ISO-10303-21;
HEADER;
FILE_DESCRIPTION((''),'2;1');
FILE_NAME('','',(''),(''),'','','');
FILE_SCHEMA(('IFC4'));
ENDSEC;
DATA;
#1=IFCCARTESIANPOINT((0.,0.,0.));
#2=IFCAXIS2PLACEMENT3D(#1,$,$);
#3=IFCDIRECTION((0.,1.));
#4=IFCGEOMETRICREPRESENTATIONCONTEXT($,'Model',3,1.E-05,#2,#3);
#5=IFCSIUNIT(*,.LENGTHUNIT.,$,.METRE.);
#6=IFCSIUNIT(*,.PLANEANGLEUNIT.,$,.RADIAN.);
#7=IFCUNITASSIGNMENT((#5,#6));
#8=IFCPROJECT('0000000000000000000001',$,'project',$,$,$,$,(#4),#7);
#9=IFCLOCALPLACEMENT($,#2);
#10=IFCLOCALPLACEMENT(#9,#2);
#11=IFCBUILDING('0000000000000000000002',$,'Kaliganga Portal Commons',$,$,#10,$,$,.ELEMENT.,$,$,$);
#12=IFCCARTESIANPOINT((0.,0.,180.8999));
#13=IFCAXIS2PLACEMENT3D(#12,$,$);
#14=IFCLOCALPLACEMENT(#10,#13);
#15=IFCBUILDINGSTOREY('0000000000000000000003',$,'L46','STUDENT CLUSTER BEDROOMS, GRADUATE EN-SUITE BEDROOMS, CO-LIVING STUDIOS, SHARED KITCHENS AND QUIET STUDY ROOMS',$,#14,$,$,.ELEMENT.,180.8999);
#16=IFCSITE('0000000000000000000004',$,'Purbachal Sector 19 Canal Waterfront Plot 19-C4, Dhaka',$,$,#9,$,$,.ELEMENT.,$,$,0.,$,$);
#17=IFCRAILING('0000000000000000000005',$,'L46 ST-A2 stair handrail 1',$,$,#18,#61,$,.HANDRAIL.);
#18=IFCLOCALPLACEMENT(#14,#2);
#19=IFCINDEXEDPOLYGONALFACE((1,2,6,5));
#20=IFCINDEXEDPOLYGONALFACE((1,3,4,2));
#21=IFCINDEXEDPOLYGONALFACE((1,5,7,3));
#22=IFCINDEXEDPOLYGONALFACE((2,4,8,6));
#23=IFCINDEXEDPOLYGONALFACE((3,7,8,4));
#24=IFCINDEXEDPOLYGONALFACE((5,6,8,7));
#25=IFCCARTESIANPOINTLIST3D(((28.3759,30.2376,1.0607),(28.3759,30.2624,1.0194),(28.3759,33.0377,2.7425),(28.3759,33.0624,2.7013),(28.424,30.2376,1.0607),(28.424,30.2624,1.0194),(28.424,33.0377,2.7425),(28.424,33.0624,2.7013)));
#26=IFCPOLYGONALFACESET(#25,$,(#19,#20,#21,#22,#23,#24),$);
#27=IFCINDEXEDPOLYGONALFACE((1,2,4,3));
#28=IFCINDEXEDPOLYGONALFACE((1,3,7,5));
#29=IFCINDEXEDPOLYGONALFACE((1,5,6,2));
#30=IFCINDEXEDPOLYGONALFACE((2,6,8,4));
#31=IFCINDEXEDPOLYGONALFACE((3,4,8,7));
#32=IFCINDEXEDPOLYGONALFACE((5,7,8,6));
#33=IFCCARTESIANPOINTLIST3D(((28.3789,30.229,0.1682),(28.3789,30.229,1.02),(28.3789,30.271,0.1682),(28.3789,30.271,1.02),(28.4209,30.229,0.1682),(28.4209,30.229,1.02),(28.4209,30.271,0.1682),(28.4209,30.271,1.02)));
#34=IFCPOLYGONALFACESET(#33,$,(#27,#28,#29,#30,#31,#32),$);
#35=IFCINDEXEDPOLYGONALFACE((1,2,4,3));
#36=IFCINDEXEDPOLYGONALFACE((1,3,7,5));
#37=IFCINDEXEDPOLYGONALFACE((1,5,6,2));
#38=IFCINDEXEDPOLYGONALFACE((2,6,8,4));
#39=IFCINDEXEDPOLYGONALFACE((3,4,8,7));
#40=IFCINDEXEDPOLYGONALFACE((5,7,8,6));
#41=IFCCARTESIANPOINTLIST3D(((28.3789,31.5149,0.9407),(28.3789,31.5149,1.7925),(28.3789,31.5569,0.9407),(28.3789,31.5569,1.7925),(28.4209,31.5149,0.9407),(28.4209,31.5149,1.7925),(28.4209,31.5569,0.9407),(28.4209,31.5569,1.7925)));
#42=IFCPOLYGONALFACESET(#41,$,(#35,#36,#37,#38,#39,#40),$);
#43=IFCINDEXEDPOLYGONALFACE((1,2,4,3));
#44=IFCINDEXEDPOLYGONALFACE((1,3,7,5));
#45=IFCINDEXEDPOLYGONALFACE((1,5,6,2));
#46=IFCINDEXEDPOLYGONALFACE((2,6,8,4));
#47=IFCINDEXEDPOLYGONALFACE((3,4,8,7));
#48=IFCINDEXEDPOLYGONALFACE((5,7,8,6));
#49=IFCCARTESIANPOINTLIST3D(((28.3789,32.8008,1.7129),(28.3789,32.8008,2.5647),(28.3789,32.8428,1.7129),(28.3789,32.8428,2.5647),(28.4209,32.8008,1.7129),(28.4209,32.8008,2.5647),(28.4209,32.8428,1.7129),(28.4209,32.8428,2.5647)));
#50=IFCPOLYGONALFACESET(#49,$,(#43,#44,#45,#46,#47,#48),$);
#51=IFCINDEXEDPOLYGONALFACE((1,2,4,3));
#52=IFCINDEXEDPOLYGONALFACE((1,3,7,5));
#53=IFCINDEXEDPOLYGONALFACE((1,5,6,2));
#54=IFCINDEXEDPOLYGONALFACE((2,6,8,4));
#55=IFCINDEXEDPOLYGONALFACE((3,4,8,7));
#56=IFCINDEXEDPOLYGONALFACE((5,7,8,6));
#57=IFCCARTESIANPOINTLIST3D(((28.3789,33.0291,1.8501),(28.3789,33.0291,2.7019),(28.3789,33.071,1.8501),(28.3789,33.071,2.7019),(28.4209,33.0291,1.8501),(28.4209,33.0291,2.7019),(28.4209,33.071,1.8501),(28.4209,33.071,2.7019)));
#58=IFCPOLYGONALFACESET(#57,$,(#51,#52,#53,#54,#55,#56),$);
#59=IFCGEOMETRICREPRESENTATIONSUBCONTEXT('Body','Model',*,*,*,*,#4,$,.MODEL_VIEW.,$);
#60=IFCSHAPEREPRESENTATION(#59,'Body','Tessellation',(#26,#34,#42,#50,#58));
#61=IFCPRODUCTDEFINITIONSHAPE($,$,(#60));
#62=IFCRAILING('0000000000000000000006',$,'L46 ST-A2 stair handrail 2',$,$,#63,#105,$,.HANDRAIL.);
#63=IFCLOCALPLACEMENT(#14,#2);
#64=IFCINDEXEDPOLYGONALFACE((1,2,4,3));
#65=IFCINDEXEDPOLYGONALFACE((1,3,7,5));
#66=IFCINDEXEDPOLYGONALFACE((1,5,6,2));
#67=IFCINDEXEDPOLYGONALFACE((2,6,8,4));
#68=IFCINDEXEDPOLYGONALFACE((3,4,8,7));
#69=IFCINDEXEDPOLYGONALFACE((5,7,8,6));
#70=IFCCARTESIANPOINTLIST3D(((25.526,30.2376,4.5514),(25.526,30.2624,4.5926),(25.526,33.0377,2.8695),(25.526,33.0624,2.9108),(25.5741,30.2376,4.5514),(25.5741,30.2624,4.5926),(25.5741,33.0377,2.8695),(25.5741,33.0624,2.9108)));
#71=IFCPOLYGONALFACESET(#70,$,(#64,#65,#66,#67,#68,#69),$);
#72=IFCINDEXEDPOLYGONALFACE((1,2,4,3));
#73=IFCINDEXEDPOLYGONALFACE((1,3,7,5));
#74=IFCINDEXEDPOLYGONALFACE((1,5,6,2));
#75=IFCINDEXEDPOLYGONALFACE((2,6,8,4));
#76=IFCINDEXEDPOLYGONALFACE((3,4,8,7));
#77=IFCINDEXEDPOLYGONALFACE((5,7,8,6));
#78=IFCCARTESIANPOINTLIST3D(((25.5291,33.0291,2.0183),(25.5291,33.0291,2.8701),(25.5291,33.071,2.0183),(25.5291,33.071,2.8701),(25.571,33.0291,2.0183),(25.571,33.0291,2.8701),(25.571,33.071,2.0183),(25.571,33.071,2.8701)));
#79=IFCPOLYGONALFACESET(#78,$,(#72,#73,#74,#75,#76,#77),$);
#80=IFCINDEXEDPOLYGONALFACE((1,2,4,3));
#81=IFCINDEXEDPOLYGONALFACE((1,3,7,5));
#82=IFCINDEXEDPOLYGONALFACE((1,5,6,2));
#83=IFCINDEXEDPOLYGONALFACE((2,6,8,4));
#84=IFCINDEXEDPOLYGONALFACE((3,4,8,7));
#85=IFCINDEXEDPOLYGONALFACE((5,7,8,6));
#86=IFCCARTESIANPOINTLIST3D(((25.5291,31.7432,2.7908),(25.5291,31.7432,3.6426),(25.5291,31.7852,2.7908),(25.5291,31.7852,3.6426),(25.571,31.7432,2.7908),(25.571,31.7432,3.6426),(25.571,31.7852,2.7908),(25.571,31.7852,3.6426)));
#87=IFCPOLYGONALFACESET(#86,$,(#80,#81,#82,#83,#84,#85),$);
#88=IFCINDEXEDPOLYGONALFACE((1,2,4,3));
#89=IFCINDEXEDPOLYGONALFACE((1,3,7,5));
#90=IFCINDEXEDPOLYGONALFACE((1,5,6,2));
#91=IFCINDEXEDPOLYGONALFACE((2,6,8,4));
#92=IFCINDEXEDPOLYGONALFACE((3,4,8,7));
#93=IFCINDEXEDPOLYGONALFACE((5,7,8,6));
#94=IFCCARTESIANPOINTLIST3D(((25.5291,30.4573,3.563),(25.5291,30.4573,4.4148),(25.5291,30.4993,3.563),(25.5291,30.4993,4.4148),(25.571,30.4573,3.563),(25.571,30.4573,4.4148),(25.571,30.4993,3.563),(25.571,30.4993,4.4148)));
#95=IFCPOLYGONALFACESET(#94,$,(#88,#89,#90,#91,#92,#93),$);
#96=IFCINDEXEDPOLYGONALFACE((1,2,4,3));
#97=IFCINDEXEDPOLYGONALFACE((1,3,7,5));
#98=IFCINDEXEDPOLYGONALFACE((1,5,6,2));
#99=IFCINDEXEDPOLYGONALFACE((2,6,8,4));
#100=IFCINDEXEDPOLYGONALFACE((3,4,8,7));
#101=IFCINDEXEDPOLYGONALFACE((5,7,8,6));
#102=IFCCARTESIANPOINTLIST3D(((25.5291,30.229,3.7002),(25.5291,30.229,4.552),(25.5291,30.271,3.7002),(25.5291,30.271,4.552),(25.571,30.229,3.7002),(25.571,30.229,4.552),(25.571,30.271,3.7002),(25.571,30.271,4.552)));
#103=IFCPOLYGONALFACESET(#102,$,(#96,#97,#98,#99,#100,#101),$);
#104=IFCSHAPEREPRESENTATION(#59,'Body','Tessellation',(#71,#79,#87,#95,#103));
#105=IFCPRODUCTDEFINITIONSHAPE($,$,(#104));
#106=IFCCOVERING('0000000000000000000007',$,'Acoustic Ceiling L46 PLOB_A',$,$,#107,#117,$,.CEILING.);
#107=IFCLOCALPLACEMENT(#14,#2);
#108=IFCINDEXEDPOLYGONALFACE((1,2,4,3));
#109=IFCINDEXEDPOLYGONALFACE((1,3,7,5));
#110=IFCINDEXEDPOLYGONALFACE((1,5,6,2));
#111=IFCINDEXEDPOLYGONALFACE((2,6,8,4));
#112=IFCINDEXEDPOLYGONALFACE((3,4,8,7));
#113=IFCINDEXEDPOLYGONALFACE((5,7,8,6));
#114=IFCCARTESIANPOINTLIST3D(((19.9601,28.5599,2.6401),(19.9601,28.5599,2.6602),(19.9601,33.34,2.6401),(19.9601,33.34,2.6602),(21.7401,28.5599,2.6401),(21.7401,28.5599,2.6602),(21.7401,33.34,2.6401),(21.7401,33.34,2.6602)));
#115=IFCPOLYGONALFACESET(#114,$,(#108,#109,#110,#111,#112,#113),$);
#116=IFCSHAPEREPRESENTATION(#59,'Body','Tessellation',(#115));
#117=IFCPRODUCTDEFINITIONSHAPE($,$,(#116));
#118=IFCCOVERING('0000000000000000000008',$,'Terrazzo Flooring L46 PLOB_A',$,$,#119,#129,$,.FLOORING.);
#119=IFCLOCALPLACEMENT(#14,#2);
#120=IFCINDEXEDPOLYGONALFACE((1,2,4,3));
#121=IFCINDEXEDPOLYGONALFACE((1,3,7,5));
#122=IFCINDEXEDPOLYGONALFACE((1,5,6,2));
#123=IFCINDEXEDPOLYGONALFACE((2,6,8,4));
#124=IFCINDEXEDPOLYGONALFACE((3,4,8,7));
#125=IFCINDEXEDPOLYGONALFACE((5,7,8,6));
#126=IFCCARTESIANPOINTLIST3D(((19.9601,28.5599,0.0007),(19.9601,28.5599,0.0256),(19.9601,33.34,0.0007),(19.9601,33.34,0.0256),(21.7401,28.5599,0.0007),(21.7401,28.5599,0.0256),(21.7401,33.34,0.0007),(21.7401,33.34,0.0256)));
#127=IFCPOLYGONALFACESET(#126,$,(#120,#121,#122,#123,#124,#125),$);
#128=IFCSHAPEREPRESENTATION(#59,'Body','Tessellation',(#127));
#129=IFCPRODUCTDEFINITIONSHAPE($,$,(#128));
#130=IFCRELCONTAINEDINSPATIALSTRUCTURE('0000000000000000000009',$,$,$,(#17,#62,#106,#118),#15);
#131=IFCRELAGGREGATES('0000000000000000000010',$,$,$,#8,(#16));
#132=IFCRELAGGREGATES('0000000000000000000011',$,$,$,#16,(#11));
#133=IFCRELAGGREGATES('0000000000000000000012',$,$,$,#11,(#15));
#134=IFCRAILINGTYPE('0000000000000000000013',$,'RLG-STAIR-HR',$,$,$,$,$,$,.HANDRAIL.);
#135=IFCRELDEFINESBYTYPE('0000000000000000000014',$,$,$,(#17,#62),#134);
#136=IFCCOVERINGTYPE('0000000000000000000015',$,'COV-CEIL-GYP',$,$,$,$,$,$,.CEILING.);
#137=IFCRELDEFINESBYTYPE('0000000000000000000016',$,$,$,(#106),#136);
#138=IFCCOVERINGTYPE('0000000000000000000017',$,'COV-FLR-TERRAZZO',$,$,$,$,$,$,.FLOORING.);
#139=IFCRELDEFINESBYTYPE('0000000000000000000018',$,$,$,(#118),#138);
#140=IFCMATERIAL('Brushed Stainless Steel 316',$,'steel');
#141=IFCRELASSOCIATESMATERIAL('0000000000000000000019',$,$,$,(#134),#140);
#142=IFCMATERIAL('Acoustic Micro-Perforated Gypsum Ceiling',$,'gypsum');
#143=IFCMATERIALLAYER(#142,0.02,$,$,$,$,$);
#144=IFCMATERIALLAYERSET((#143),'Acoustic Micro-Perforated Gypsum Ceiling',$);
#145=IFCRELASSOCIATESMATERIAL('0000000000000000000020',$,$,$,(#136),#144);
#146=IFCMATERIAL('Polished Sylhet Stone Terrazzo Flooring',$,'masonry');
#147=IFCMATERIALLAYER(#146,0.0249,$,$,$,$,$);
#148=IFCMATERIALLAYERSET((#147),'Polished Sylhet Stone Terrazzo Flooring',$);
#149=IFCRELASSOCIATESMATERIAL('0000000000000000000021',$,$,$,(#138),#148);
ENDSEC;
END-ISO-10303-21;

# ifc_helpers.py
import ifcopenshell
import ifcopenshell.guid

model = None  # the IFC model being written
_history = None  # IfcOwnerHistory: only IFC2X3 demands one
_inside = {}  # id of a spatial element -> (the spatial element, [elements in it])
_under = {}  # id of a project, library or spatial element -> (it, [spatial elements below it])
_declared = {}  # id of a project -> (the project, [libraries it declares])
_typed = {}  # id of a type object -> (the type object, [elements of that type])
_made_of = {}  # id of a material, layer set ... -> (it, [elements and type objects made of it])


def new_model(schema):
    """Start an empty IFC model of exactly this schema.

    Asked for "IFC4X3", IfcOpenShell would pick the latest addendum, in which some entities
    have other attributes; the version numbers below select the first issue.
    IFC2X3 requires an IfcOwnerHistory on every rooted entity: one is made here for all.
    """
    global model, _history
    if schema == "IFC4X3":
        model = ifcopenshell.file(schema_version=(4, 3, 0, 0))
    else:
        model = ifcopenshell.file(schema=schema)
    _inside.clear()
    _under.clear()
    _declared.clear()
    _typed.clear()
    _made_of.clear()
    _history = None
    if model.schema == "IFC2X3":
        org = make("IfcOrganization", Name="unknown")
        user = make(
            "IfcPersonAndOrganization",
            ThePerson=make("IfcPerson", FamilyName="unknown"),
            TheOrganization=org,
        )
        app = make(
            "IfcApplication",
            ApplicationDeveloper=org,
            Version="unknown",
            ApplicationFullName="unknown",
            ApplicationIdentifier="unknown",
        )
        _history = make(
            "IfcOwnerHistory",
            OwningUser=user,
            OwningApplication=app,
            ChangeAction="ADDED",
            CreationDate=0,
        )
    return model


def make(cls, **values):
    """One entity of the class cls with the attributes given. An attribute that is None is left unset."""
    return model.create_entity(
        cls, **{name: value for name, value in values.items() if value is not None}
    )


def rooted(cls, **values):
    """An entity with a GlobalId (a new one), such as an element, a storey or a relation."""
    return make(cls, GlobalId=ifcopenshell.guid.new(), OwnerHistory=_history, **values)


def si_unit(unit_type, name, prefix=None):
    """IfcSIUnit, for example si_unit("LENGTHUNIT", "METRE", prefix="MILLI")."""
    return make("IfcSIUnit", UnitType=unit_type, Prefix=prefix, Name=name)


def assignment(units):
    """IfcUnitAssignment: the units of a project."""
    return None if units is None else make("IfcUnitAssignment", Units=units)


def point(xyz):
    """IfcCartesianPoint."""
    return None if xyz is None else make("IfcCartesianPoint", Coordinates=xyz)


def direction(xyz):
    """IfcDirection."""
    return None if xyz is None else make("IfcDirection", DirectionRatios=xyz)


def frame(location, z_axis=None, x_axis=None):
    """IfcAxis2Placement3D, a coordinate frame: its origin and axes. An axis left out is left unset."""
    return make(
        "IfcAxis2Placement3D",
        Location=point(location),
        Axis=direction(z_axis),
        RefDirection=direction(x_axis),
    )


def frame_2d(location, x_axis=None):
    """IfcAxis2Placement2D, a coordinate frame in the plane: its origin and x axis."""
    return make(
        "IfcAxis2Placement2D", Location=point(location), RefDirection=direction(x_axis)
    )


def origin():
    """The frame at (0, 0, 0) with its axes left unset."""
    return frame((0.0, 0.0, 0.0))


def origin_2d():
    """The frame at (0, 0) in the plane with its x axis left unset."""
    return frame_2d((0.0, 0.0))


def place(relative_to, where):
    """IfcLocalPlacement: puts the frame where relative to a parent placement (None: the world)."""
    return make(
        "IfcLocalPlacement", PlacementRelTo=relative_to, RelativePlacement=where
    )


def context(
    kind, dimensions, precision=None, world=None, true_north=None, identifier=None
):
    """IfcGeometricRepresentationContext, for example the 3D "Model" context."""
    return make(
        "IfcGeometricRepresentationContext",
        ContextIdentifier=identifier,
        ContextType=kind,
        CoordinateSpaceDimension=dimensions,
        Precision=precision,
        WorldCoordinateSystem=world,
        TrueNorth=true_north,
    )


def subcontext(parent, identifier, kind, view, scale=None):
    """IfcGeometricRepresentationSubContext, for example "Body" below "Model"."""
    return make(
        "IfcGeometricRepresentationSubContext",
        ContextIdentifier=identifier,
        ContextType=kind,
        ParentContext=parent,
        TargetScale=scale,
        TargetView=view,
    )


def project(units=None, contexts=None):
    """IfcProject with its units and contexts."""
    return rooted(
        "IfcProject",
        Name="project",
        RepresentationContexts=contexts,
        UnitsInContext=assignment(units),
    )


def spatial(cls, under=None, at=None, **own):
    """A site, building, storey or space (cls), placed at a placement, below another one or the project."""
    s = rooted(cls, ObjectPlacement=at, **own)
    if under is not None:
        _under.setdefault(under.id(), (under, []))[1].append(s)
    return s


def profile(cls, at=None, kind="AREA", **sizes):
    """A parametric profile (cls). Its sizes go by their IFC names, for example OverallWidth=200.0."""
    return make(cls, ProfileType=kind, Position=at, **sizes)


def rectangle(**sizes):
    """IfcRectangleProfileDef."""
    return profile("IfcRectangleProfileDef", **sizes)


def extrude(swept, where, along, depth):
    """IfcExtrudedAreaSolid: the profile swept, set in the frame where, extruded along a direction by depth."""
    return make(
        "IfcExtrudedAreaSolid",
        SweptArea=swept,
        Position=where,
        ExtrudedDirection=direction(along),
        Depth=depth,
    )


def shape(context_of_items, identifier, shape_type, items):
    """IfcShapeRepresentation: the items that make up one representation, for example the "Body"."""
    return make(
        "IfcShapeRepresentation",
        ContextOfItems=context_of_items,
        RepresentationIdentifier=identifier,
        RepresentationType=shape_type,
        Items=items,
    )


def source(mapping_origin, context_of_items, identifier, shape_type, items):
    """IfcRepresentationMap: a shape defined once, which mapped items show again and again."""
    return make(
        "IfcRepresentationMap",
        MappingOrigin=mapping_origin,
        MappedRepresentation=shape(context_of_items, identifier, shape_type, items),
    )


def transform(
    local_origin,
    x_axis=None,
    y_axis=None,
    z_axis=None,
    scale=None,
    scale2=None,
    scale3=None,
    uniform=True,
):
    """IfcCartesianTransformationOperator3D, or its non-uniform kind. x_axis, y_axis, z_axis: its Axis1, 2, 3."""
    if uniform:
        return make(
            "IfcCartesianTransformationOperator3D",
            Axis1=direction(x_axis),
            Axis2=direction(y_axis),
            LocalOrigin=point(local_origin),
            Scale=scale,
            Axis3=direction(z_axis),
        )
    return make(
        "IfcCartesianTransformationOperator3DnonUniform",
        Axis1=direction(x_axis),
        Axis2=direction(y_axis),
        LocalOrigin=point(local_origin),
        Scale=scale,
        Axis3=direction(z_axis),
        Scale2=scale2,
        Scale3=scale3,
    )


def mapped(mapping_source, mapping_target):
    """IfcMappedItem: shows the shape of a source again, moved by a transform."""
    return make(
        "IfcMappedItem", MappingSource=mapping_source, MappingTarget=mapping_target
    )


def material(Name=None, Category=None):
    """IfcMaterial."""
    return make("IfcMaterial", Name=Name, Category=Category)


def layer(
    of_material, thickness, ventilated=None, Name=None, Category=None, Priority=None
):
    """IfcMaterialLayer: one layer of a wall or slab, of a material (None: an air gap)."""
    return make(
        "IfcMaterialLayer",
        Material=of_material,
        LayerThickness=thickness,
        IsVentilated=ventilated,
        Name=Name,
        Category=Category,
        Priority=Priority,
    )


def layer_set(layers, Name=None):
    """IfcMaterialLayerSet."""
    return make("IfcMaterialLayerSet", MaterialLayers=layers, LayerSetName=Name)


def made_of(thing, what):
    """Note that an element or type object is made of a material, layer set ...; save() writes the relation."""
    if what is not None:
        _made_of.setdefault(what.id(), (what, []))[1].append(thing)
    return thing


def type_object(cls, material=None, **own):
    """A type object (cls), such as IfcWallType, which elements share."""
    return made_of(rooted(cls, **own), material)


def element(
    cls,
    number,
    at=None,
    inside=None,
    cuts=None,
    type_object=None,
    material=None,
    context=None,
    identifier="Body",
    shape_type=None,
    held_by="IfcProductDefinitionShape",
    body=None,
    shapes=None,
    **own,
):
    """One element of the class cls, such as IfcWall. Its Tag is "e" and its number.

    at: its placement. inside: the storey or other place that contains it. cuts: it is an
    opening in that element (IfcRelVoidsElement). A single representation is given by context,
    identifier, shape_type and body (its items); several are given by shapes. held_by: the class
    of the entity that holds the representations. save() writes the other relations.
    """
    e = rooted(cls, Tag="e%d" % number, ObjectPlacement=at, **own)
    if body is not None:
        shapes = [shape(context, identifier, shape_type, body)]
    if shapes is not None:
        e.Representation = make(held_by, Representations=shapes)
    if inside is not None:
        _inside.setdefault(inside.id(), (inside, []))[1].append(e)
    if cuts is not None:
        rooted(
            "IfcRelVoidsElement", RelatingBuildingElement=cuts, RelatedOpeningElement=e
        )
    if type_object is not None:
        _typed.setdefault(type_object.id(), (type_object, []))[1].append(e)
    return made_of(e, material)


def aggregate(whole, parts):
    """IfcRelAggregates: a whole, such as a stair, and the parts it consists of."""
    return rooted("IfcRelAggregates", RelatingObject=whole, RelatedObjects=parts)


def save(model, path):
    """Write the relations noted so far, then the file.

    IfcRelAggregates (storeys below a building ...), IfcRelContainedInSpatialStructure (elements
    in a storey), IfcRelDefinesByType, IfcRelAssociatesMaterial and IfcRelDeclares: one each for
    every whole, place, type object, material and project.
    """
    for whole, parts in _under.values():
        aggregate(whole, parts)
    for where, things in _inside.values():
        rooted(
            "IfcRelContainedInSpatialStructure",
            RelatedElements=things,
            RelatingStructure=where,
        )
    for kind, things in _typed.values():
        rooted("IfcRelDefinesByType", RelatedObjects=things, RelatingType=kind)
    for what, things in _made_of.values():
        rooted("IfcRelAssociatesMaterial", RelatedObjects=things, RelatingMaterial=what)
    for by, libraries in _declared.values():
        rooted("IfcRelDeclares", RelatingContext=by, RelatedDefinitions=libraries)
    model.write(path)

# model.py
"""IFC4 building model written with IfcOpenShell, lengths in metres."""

from ifc_helpers import new_model, si_unit, direction, frame, origin, origin_2d, place, context, subcontext, project, spatial, rectangle, extrude, source, transform, mapped, material, layer, layer_set, type_object, element, save


model = new_model("IFC4")

# Units and contexts
model_context = context("Model", 3, precision=1e-05, world=origin(), true_north=direction((0.0, 1.0)))
body_context = subcontext(model_context, "Body", "Model", "MODEL_VIEW")
ifc_project = project(units=[si_unit("LENGTHUNIT", "METRE"), si_unit("PLANEANGLEUNIT", "RADIAN")], contexts=[model_context])

# Site, building, storey
site_placement = place(None, origin())
site = spatial("IfcSite", under=ifc_project, at=site_placement, Name="Purbachal Sector 19 Canal Waterfront Plot 19-C4, Dhaka", CompositionType="ELEMENT", RefElevation=0.0)
building_placement = place(site_placement, origin())
building = spatial("IfcBuilding", under=site, at=building_placement, Name="Kaliganga Portal Commons", CompositionType="ELEMENT")
storey_placement = place(building_placement, frame((0.0, 0.0, 180.8999)))
storey = spatial("IfcBuildingStorey", under=building, at=storey_placement, Name="L46", Description="STUDENT CLUSTER BEDROOMS, GRADUATE EN-SUITE BEDROOMS, CO-LIVING STUDIOS, SHARED KITCHENS AND QUIET STUDY ROOMS", CompositionType="ELEMENT", Elevation=180.8999)

# Railings
ifc_material_1 = material(Name="Brushed Stainless Steel 316", Category="steel")
railing_type_1 = type_object("IfcRailingType", Name="RLG-STAIR-HR", PredefinedType="HANDRAIL", material=ifc_material_1)
railing_1_placement = place(storey_placement, frame((28.3999, 30.25, 0.1682)))
element("IfcRailing", 1, at=railing_1_placement, inside=storey, type_object=railing_type_1, Name="L46 ST-A2 stair handrail 1", PredefinedType="HANDRAIL", context=body_context, shape_type="SweptSolid", body=[
    extrude(rectangle(XDim=0.0481, YDim=0.0481, at=origin_2d()), frame((0.0, 0.0, 0.8718), z_axis=(0.0, 0.857242, 0.514913), x_axis=(-1.0, 0.0, 0.0)), (0.0, 0.0, 1.0), 3.2664),
    extrude(rectangle(XDim=0.042, YDim=0.042, at=origin_2d()), origin(), (0.0, 0.0, 1.0), 0.8518),
    extrude(rectangle(XDim=0.042, YDim=0.042, at=origin_2d()), frame((0.0, 1.2859, 0.7725)), (0.0, 0.0, 1.0), 0.8518),
    extrude(rectangle(XDim=0.042, YDim=0.042, at=origin_2d()), frame((0.0, 2.5718, 1.5447)), (0.0, 0.0, 1.0), 0.8518),
    extrude(rectangle(XDim=0.042, YDim=0.042, at=origin_2d()), frame((0.0, 2.8, 1.6819)), (0.0, 0.0, 1.0), 0.8518),
])
railing_2_placement = place(storey_placement, frame((25.55, 33.05, 2.0183)))
element("IfcRailing", 2, at=railing_2_placement, inside=storey, type_object=railing_type_1, Name="L46 ST-A2 stair handrail 2", PredefinedType="HANDRAIL", context=body_context, shape_type="SweptSolid", body=[
    extrude(rectangle(XDim=0.0481, YDim=0.0481, at=origin_2d()), frame((0.0, 0.0, 0.8718), z_axis=(0.0, -0.857242, 0.514913), x_axis=(1.0, 0.0, 0.0)), (0.0, 0.0, 1.0), 3.2664),
    extrude(rectangle(XDim=0.042, YDim=0.042, at=origin_2d()), origin(), (0.0, 0.0, 1.0), 0.8518),
    extrude(rectangle(XDim=0.042, YDim=0.042, at=origin_2d()), frame((0.0, -1.2859, 0.7725)), (0.0, 0.0, 1.0), 0.8518),
    extrude(rectangle(XDim=0.042, YDim=0.042, at=origin_2d()), frame((0.0, -2.5718, 1.5447)), (0.0, 0.0, 1.0), 0.8518),
    extrude(rectangle(XDim=0.042, YDim=0.042, at=origin_2d()), frame((0.0, -2.8, 1.6819)), (0.0, 0.0, 1.0), 0.8518),
])

# Coverings
ifc_material_2 = material(Name="Acoustic Micro-Perforated Gypsum Ceiling", Category="gypsum")
ifc_layer_1 = layer(ifc_material_2, 0.02)
ifc_layer_set_1 = layer_set([ifc_layer_1], Name="Acoustic Micro-Perforated Gypsum Ceiling")
covering_type_1 = type_object("IfcCoveringType", Name="COV-CEIL-GYP", PredefinedType="CEILING", material=ifc_layer_set_1)
shared_shape_1 = source(origin(), body_context, "Body", "SweptSolid", [
    extrude(rectangle(XDim=1.78, YDim=4.78, at=origin_2d()), origin(), (0.0, 0.0, 1.0), 0.02),
])
covering_1_placement = place(storey_placement, frame((20.8501, 30.95, 2.6401), z_axis=(0.0, 0.0, 1.0), x_axis=(1.0, 0.0, 0.0)))
element("IfcCovering", 3, at=covering_1_placement, inside=storey, type_object=covering_type_1, Name="Acoustic Ceiling L46 PLOB_A", PredefinedType="CEILING", context=body_context, shape_type="MappedRepresentation", body=[
    mapped(shared_shape_1, transform((0.0, 0.0, 0.0), x_axis=(1.0, 0.0, 0.0), y_axis=(0.0, 1.0, 0.0), z_axis=(0.0, 0.0, 1.0), scale=1.0)),
])
ifc_material_3 = material(Name="Polished Sylhet Stone Terrazzo Flooring", Category="masonry")
ifc_layer_2 = layer(ifc_material_3, 0.0249)
ifc_layer_set_2 = layer_set([ifc_layer_2], Name="Polished Sylhet Stone Terrazzo Flooring")
covering_type_2 = type_object("IfcCoveringType", Name="COV-FLR-TERRAZZO", PredefinedType="FLOORING", material=ifc_layer_set_2)
shared_shape_2 = source(origin(), body_context, "Body", "SweptSolid", [
    extrude(rectangle(XDim=1.78, YDim=4.78, at=origin_2d()), origin(), (0.0, 0.0, 1.0), 0.0249),
])
covering_2_placement = place(storey_placement, frame((20.8501, 30.95, 0.0007), z_axis=(0.0, 0.0, 1.0), x_axis=(1.0, 0.0, 0.0)))
element("IfcCovering", 4, at=covering_2_placement, inside=storey, type_object=covering_type_2, Name="Terrazzo Flooring L46 PLOB_A", PredefinedType="FLOORING", context=body_context, shape_type="MappedRepresentation", body=[
    mapped(shared_shape_2, transform((0.0, 0.0, 0.0), x_axis=(1.0, 0.0, 0.0), y_axis=(0.0, 1.0, 0.0), z_axis=(0.0, 0.0, 1.0), scale=1.0)),
])

save(model, "model.ifc")
